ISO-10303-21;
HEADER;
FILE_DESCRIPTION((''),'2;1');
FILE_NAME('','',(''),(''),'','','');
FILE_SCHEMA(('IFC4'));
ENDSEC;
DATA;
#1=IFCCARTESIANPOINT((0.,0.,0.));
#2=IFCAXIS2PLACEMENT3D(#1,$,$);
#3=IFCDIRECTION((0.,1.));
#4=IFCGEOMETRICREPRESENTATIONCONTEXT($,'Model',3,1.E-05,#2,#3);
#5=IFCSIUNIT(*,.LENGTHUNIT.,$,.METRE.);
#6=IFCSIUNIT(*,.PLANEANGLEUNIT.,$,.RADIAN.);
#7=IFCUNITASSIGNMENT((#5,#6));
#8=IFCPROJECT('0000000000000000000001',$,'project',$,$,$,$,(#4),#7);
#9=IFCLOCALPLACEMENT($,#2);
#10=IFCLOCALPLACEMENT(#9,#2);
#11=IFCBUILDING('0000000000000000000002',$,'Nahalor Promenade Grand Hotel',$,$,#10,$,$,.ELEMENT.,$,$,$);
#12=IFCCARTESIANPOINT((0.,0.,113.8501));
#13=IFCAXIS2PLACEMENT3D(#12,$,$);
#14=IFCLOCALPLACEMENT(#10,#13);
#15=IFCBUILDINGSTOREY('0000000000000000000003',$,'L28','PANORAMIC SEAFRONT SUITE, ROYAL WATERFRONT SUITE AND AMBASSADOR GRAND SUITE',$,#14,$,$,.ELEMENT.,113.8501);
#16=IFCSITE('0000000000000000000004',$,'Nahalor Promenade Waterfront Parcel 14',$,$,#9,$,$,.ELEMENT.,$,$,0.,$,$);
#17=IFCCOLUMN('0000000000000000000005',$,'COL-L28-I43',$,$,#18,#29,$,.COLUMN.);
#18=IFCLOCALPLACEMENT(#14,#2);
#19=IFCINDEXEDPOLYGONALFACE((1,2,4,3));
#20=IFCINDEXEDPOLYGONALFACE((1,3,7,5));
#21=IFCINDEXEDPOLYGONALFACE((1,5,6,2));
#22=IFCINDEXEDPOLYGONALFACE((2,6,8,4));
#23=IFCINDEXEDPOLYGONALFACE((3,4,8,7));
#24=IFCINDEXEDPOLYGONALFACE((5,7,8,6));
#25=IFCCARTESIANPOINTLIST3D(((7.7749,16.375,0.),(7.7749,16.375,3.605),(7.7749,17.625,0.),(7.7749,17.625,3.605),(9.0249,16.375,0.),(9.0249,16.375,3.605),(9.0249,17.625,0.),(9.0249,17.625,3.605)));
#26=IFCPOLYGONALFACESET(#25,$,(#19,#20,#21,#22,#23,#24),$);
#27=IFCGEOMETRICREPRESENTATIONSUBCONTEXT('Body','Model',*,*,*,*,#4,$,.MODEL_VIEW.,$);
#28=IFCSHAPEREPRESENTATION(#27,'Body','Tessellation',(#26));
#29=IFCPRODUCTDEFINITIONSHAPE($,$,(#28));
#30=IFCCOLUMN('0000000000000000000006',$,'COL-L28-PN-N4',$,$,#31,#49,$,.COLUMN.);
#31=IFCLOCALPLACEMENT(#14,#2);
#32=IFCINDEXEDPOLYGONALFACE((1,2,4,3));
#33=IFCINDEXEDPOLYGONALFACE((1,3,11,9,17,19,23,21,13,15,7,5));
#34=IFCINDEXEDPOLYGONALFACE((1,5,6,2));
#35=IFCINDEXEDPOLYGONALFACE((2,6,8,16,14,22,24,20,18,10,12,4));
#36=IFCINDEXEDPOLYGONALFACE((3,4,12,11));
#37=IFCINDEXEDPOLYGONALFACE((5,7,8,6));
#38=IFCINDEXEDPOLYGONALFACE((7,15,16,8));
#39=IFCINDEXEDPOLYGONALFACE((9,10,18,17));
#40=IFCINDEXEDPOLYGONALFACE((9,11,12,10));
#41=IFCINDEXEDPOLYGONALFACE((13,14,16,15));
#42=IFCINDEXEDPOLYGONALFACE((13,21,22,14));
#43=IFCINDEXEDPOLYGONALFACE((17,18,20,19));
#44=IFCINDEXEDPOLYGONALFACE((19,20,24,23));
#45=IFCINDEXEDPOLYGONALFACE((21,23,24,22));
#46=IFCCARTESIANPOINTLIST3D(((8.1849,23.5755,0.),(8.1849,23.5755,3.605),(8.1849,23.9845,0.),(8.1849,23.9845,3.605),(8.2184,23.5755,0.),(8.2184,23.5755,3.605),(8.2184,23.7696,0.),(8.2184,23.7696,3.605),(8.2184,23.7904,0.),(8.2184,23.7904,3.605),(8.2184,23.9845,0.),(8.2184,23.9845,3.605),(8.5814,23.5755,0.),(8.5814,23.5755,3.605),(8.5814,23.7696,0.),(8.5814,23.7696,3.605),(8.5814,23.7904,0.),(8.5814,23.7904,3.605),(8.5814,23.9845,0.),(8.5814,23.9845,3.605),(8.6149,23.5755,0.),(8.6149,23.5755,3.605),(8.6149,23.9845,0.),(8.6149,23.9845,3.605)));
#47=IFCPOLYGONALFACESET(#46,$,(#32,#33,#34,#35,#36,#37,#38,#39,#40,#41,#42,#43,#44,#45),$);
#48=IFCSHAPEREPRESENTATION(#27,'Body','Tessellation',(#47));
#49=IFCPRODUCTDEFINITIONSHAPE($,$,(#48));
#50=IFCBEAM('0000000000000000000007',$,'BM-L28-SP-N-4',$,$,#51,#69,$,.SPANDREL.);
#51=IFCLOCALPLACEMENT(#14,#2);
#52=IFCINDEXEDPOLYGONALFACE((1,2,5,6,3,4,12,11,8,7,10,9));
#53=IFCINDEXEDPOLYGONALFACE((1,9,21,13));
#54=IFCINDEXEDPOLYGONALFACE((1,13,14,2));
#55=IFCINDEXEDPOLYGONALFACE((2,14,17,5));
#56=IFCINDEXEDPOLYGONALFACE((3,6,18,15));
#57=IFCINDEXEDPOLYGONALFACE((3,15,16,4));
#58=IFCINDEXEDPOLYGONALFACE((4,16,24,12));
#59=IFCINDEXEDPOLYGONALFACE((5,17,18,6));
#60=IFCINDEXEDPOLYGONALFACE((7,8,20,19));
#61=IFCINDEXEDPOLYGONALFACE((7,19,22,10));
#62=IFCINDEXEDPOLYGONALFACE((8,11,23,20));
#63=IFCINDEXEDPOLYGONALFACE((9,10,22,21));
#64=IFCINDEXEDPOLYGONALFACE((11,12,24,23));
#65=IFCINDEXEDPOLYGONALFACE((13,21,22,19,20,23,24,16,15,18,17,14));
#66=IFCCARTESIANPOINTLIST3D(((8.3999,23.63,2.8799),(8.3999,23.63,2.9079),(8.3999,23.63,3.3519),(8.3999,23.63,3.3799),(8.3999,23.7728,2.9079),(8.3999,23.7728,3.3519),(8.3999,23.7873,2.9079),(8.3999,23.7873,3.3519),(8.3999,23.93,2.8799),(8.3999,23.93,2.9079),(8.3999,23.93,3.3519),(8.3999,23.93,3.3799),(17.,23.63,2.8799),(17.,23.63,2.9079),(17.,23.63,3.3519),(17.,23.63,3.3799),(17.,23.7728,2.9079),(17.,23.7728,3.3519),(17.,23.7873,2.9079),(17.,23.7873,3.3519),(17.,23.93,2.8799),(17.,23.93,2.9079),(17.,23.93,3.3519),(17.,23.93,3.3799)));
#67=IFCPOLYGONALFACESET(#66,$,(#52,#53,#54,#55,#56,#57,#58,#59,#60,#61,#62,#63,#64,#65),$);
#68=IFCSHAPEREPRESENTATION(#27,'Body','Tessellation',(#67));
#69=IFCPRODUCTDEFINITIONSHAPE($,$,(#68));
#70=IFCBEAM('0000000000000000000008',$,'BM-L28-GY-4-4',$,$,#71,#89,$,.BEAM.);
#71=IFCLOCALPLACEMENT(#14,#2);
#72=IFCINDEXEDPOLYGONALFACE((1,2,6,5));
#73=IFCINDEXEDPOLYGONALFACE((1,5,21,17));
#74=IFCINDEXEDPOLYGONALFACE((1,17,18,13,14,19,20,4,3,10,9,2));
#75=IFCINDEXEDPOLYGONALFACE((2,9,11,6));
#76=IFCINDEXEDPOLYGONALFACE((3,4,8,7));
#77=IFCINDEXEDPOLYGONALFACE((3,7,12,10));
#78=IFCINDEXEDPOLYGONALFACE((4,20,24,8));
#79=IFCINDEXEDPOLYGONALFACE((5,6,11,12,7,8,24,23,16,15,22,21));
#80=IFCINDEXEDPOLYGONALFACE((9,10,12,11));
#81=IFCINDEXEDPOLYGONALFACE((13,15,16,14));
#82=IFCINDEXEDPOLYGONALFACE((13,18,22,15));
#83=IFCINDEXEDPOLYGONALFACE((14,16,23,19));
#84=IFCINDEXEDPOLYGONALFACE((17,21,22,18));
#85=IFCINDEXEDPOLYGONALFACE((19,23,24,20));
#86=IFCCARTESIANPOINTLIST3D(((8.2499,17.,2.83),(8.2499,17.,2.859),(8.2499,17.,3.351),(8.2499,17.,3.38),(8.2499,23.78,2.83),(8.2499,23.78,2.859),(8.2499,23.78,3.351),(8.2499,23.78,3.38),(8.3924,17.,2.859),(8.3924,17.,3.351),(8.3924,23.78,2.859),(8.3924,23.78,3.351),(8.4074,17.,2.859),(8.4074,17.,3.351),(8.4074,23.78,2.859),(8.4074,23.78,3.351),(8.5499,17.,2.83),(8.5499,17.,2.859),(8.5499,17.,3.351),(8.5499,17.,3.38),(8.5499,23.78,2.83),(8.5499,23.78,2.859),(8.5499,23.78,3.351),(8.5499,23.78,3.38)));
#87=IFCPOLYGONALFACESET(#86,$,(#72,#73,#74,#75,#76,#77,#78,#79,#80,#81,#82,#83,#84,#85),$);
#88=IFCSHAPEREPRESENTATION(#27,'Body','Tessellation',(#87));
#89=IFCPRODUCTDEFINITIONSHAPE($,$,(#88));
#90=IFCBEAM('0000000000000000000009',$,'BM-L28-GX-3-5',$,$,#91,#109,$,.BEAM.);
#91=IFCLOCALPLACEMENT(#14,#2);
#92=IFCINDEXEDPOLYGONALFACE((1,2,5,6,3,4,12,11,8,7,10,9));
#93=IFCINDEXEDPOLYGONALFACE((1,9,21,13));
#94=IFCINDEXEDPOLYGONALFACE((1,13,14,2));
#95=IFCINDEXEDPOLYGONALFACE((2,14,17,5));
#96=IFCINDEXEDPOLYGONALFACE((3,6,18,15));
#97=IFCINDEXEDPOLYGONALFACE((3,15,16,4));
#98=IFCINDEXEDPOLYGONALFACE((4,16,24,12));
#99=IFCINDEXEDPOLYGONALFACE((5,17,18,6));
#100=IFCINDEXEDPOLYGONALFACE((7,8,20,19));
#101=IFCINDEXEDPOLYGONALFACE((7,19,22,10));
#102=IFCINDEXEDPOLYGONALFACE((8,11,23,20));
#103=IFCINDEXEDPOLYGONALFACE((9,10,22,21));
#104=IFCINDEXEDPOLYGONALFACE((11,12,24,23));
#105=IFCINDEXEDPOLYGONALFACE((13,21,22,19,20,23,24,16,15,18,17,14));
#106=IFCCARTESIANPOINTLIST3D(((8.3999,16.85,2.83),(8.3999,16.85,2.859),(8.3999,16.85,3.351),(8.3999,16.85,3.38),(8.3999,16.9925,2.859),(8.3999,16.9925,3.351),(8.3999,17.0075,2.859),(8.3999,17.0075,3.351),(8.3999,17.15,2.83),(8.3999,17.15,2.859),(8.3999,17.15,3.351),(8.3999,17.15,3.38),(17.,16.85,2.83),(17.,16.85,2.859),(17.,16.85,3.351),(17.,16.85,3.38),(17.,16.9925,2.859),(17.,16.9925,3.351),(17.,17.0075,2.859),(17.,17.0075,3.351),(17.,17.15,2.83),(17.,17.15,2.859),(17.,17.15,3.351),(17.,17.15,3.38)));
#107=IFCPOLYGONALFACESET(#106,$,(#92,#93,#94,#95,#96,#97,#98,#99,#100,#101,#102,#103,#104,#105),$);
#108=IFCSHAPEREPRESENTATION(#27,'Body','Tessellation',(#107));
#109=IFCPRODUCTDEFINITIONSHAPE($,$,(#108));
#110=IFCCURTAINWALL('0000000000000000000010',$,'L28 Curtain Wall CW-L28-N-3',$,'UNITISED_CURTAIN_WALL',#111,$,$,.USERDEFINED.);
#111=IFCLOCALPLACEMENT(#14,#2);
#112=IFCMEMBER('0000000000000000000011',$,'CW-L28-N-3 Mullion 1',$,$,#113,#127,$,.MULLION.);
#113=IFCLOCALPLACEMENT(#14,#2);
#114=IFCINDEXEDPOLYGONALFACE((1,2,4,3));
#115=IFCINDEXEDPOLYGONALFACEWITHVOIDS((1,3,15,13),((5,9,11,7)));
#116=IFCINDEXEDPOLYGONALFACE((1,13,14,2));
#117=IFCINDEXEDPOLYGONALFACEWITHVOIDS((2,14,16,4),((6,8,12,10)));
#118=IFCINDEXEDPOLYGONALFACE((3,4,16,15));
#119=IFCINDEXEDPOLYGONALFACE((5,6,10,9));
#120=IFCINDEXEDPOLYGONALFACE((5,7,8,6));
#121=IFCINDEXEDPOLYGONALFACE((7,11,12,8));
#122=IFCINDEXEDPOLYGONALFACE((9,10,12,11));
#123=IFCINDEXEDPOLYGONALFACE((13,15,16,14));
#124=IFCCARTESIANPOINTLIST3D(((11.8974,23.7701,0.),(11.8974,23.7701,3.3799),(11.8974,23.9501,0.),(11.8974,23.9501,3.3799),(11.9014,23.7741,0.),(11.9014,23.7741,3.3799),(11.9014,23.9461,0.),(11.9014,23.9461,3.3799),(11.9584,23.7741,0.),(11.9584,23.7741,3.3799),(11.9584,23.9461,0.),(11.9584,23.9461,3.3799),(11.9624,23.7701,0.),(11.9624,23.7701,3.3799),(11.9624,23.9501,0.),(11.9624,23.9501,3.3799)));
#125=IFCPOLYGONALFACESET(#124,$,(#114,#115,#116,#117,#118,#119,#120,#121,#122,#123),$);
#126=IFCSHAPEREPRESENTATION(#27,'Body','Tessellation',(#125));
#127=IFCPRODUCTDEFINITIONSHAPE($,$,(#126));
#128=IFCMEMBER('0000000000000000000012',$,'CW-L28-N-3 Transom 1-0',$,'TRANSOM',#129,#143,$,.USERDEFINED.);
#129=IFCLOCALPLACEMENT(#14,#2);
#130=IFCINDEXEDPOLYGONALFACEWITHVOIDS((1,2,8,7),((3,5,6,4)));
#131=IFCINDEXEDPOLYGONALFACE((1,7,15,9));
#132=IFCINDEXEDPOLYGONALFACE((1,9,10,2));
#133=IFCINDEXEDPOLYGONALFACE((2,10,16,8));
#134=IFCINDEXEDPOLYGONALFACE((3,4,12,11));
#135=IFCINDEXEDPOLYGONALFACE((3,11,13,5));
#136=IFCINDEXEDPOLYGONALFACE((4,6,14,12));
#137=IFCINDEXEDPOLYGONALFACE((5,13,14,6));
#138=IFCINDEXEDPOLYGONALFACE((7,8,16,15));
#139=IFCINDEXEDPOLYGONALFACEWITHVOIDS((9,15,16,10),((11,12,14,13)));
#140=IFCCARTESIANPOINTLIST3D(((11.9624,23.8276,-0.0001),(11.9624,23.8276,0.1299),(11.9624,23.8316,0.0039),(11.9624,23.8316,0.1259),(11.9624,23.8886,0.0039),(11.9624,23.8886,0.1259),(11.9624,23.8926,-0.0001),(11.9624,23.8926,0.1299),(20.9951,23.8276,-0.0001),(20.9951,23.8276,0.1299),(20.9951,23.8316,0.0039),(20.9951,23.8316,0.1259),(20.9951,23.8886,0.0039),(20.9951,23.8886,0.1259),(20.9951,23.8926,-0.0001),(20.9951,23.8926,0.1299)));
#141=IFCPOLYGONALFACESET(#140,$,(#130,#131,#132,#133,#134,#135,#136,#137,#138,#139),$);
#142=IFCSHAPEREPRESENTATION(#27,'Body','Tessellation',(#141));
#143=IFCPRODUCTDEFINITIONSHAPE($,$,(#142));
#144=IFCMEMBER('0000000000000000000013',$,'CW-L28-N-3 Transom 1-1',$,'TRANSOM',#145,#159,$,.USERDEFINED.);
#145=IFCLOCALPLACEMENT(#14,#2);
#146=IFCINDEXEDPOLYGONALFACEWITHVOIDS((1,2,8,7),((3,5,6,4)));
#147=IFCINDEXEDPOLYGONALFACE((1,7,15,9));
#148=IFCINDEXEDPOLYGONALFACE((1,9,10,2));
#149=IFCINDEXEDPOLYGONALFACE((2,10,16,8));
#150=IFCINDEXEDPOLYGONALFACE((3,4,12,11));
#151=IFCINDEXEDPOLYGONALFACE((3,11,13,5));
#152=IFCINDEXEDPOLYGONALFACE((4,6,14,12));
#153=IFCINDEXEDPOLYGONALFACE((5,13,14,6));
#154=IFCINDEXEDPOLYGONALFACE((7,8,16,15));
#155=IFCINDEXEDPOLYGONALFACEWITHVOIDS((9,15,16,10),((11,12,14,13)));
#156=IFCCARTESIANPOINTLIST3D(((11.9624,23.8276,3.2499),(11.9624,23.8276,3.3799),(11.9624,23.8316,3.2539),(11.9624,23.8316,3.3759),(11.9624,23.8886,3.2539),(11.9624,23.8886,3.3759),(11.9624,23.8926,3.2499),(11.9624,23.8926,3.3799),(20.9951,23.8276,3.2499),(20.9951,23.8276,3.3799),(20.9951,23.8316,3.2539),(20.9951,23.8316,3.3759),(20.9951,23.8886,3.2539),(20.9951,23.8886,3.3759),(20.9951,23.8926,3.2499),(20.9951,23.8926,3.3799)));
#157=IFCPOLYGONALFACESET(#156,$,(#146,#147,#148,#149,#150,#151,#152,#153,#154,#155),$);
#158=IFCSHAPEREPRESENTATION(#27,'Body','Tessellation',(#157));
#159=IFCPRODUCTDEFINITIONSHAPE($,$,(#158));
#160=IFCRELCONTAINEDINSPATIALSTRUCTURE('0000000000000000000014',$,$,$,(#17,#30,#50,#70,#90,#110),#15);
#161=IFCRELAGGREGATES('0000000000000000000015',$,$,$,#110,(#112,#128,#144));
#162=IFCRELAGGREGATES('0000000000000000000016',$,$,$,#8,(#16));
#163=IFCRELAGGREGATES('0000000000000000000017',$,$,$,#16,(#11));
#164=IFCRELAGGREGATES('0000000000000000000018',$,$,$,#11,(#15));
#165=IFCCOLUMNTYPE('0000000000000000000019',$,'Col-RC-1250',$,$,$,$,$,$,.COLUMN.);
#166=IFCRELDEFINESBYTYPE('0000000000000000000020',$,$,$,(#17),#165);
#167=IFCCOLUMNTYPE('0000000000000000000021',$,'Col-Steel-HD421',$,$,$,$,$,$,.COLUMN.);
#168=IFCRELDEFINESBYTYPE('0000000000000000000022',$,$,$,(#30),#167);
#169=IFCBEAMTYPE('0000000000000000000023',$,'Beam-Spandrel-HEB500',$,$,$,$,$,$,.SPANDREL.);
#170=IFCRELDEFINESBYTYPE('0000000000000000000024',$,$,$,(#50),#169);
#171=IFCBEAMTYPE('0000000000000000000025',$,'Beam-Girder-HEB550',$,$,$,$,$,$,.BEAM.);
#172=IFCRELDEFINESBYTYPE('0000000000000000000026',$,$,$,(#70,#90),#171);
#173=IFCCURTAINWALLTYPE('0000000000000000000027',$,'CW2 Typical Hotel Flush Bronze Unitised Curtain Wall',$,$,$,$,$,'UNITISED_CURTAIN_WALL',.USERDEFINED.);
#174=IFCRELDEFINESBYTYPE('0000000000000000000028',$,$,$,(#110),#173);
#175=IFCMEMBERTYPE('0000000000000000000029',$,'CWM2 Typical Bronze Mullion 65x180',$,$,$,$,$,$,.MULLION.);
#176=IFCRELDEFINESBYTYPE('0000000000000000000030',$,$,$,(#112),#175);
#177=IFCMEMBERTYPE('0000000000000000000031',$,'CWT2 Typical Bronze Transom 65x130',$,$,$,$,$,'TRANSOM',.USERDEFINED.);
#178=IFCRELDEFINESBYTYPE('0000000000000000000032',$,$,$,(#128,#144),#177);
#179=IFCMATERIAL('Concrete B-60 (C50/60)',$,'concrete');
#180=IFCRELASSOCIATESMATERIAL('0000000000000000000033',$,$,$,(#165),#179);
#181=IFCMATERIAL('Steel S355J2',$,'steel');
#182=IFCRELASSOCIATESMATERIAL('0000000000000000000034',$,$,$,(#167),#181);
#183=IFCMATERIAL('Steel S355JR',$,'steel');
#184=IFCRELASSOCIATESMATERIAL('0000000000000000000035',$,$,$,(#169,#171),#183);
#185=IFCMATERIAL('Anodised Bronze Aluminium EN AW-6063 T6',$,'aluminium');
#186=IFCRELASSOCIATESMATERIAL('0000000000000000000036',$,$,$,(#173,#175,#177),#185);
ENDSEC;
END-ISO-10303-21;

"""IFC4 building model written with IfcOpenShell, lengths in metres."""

from ifc_helpers import new_model, si_unit, direction, frame, origin, origin_2d, place, context, subcontext, project, spatial, rectangle, hollow_rectangle, i_section, extrude, source, transform, mapped, material, material_profile, profile_set, type_object, element, aggregate, save


model = new_model("IFC4")

# Units and contexts
model_context = context("Model", 3, precision=1e-05, world=origin(), true_north=direction((0.0, 1.0)))
body_context = subcontext(model_context, "Body", "Model", "MODEL_VIEW")
ifc_project = project(units=[si_unit("LENGTHUNIT", "METRE"), si_unit("PLANEANGLEUNIT", "RADIAN")], contexts=[model_context])

# Site, building, storey
site_placement = place(None, origin())
site = spatial("IfcSite", under=ifc_project, at=site_placement, Name="Nahalor Promenade Waterfront Parcel 14", CompositionType="ELEMENT", RefElevation=0.0)
building_placement = place(site_placement, origin())
building = spatial("IfcBuilding", under=site, at=building_placement, Name="Nahalor Promenade Grand Hotel", CompositionType="ELEMENT")
storey_placement = place(building_placement, frame((0.0, 0.0, 113.8501)))
storey = spatial("IfcBuildingStorey", under=building, at=storey_placement, Name="L28", Description="PANORAMIC SEAFRONT SUITE, ROYAL WATERFRONT SUITE AND AMBASSADOR GRAND SUITE", CompositionType="ELEMENT", Elevation=113.8501)

# Columns
ifc_material_1 = material(Name="Concrete B-60 (C50/60)", Category="concrete")
ifc_material_profile_1 = material_profile(ifc_material_1, rectangle(XDim=1.25, YDim=1.25, at=origin_2d()), Name="RC 1250x1250")
ifc_profile_set_1 = profile_set([ifc_material_profile_1], Name="Concrete B-60 (C50/60)")
column_type_1 = type_object("IfcColumnType", Name="Col-RC-1250", PredefinedType="COLUMN", material=ifc_profile_set_1)
shared_shape_1 = source(origin(), body_context, "Body", "SweptSolid", [
    extrude(rectangle(XDim=1.25, YDim=1.25, at=origin_2d()), origin(), (0.0, 0.0, 1.0), 3.605),
])
column_1_placement = place(storey_placement, frame((8.3999, 17.0, 0.0), z_axis=(0.0, 0.0, 1.0), x_axis=(1.0, 0.0, 0.0)))
element("IfcColumn", 1, at=column_1_placement, inside=storey, type_object=column_type_1, Name="COL-L28-I43", PredefinedType="COLUMN", context=body_context, shape_type="MappedRepresentation", body=[
    mapped(shared_shape_1, transform((0.0, 0.0, 0.0), scale=1.0)),
])
ifc_material_2 = material(Name="Steel S355J2", Category="steel")
ifc_material_profile_2 = material_profile(ifc_material_2, i_section(OverallWidth=0.409, OverallDepth=0.43, WebThickness=0.0208, FlangeThickness=0.0335, at=origin_2d()), Name="HD 400x421")
ifc_profile_set_2 = profile_set([ifc_material_profile_2], Name="Steel S355J2")
column_type_2 = type_object("IfcColumnType", Name="Col-Steel-HD421", PredefinedType="COLUMN", material=ifc_profile_set_2)
shared_shape_2 = source(origin(), body_context, "Body", "SweptSolid", [
    extrude(i_section(OverallWidth=0.409, OverallDepth=0.43, WebThickness=0.0208, FlangeThickness=0.0335, at=origin_2d()), origin(), (0.0, 0.0, 1.0), 3.605),
])
column_2_placement = place(storey_placement, frame((8.3999, 23.78, 0.0), z_axis=(0.0, 0.0, 1.0), x_axis=(0.0, 1.0, 0.0)))
element("IfcColumn", 2, at=column_2_placement, inside=storey, type_object=column_type_2, Name="COL-L28-PN-N4", PredefinedType="COLUMN", context=body_context, shape_type="MappedRepresentation", body=[
    mapped(shared_shape_2, transform((0.0, 0.0, 0.0), scale=1.0)),
])

# Beams
ifc_material_3 = material(Name="Steel S355JR", Category="steel")
ifc_material_profile_3 = material_profile(ifc_material_3, i_section(OverallWidth=0.3, OverallDepth=0.5, WebThickness=0.0145, FlangeThickness=0.028, at=origin_2d()), Name="HEB 500")
ifc_profile_set_3 = profile_set([ifc_material_profile_3], Name="Steel S355JR")
beam_type_1 = type_object("IfcBeamType", Name="Beam-Spandrel-HEB500", PredefinedType="SPANDREL", material=ifc_profile_set_3)
shared_shape_3 = source(origin(), body_context, "Body", "SweptSolid", [
    extrude(i_section(OverallWidth=0.3, OverallDepth=0.5, WebThickness=0.0145, FlangeThickness=0.028, at=origin_2d()), origin(), (0.0, 0.0, 1.0), 8.6001),
])
beam_1_placement = place(storey_placement, frame((8.3999, 23.78, 3.1299), z_axis=(1.0, 0.0, 0.0), x_axis=(0.0, 1.0, 0.0)))
element("IfcBeam", 3, at=beam_1_placement, inside=storey, type_object=beam_type_1, Name="BM-L28-SP-N-4", PredefinedType="SPANDREL", context=body_context, shape_type="MappedRepresentation", body=[
    mapped(shared_shape_3, transform((0.0, 0.0, 0.0), scale=1.0)),
])
ifc_material_profile_4 = material_profile(ifc_material_3, i_section(OverallWidth=0.3, OverallDepth=0.55, WebThickness=0.015, FlangeThickness=0.029, at=origin_2d()), Name="HEB 550")
ifc_profile_set_4 = profile_set([ifc_material_profile_4], Name="Steel S355JR")
beam_type_2 = type_object("IfcBeamType", Name="Beam-Girder-HEB550", PredefinedType="BEAM", material=ifc_profile_set_4)
shared_shape_4 = source(origin(), body_context, "Body", "SweptSolid", [
    extrude(i_section(OverallWidth=0.3, OverallDepth=0.55, WebThickness=0.015, FlangeThickness=0.029, at=origin_2d()), origin(), (0.0, 0.0, 1.0), 6.78),
])
beam_2_placement = place(storey_placement, frame((8.3999, 17.0, 3.105), z_axis=(0.0, 1.0, 0.0), x_axis=(-1.0, 0.0, 0.0)))
element("IfcBeam", 4, at=beam_2_placement, inside=storey, type_object=beam_type_2, Name="BM-L28-GY-4-4", PredefinedType="BEAM", context=body_context, shape_type="MappedRepresentation", body=[
    mapped(shared_shape_4, transform((0.0, 0.0, 0.0), scale=1.0)),
])
shared_shape_5 = source(origin(), body_context, "Body", "SweptSolid", [
    extrude(i_section(OverallWidth=0.3, OverallDepth=0.55, WebThickness=0.015, FlangeThickness=0.029, at=origin_2d()), origin(), (0.0, 0.0, 1.0), 8.6001),
])
beam_3_placement = place(storey_placement, frame((8.3999, 17.0, 3.105), z_axis=(1.0, 0.0, 0.0), x_axis=(0.0, 1.0, 0.0)))
element("IfcBeam", 5, at=beam_3_placement, inside=storey, type_object=beam_type_2, Name="BM-L28-GX-3-5", PredefinedType="BEAM", context=body_context, shape_type="MappedRepresentation", body=[
    mapped(shared_shape_5, transform((0.0, 0.0, 0.0), scale=1.0)),
])

# Curtain wall, members
ifc_material_4 = material(Name="Anodised Bronze Aluminium EN AW-6063 T6", Category="aluminium")
curtain_wall_type = type_object("IfcCurtainWallType", Name="CW2 Typical Hotel Flush Bronze Unitised Curtain Wall", ElementType="UNITISED_CURTAIN_WALL", PredefinedType="USERDEFINED", material=ifc_material_4)
curtain_wall_placement = place(storey_placement, origin())
curtain_wall = element("IfcCurtainWall", 6, at=curtain_wall_placement, inside=storey, type_object=curtain_wall_type, Name="L28 Curtain Wall CW-L28-N-3", ObjectType="UNITISED_CURTAIN_WALL", PredefinedType="USERDEFINED")
ifc_material_profile_5 = material_profile(ifc_material_4, hollow_rectangle(XDim=0.065, YDim=0.18, WallThickness=0.004, at=origin_2d()), Name="CWM 65x180x4")
ifc_profile_set_5 = profile_set([ifc_material_profile_5], Name="Anodised Bronze Aluminium EN AW-6063 T6")
member_type_1 = type_object("IfcMemberType", Name="CWM2 Typical Bronze Mullion 65x180", PredefinedType="MULLION", material=ifc_profile_set_5)
shared_shape_6 = source(origin(), body_context, "Body", "SweptSolid", [
    extrude(hollow_rectangle(XDim=0.065, YDim=0.18, WallThickness=0.004, at=origin_2d()), origin(), (0.0, 0.0, 1.0), 3.3799),
])
member_1_placement = place(storey_placement, frame((11.9299, 23.8601, 0.0), z_axis=(0.0, 0.0, 1.0), x_axis=(1.0, 0.0, 0.0)))
member_1 = element("IfcMember", 7, at=member_1_placement, type_object=member_type_1, Name="CW-L28-N-3 Mullion 1", PredefinedType="MULLION", context=body_context, shape_type="MappedRepresentation", body=[
    mapped(shared_shape_6, transform((0.0, 0.0, 0.0), scale=1.0)),
])
ifc_material_profile_6 = material_profile(ifc_material_4, hollow_rectangle(XDim=0.065, YDim=0.13, WallThickness=0.004, at=origin_2d()), Name="CWT 65x130x4")
ifc_profile_set_6 = profile_set([ifc_material_profile_6], Name="Anodised Bronze Aluminium EN AW-6063 T6")
member_type_2 = type_object("IfcMemberType", Name="CWT2 Typical Bronze Transom 65x130", ElementType="TRANSOM", PredefinedType="USERDEFINED", material=ifc_profile_set_6)
shared_shape_7 = source(origin(), body_context, "Body", "SweptSolid", [
    extrude(hollow_rectangle(XDim=0.065, YDim=0.13, WallThickness=0.004, at=origin_2d()), origin(), (0.0, 0.0, 1.0), 9.0327),
])
member_2_placement = place(storey_placement, frame((11.9624, 23.8601, 0.0649), z_axis=(1.0, 0.0, 0.0), x_axis=(0.0, 1.0, 0.0)))
member_2 = element("IfcMember", 8, at=member_2_placement, type_object=member_type_2, Name="CW-L28-N-3 Transom 1-0", ObjectType="TRANSOM", PredefinedType="USERDEFINED", context=body_context, shape_type="MappedRepresentation", body=[
    mapped(shared_shape_7, transform((0.0, 0.0, 0.0), scale=1.0)),
])
member_3_placement = place(storey_placement, frame((11.9624, 23.8601, 3.3149), z_axis=(1.0, 0.0, 0.0), x_axis=(0.0, 1.0, 0.0)))
member_3 = element("IfcMember", 9, at=member_3_placement, type_object=member_type_2, Name="CW-L28-N-3 Transom 1-1", ObjectType="TRANSOM", PredefinedType="USERDEFINED", context=body_context, shape_type="MappedRepresentation", body=[
    mapped(shared_shape_7, transform((0.0, 0.0, 0.0), scale=1.0)),
])
aggregate(curtain_wall, [member_1, member_2, member_3])

save(model, "model.ifc")
